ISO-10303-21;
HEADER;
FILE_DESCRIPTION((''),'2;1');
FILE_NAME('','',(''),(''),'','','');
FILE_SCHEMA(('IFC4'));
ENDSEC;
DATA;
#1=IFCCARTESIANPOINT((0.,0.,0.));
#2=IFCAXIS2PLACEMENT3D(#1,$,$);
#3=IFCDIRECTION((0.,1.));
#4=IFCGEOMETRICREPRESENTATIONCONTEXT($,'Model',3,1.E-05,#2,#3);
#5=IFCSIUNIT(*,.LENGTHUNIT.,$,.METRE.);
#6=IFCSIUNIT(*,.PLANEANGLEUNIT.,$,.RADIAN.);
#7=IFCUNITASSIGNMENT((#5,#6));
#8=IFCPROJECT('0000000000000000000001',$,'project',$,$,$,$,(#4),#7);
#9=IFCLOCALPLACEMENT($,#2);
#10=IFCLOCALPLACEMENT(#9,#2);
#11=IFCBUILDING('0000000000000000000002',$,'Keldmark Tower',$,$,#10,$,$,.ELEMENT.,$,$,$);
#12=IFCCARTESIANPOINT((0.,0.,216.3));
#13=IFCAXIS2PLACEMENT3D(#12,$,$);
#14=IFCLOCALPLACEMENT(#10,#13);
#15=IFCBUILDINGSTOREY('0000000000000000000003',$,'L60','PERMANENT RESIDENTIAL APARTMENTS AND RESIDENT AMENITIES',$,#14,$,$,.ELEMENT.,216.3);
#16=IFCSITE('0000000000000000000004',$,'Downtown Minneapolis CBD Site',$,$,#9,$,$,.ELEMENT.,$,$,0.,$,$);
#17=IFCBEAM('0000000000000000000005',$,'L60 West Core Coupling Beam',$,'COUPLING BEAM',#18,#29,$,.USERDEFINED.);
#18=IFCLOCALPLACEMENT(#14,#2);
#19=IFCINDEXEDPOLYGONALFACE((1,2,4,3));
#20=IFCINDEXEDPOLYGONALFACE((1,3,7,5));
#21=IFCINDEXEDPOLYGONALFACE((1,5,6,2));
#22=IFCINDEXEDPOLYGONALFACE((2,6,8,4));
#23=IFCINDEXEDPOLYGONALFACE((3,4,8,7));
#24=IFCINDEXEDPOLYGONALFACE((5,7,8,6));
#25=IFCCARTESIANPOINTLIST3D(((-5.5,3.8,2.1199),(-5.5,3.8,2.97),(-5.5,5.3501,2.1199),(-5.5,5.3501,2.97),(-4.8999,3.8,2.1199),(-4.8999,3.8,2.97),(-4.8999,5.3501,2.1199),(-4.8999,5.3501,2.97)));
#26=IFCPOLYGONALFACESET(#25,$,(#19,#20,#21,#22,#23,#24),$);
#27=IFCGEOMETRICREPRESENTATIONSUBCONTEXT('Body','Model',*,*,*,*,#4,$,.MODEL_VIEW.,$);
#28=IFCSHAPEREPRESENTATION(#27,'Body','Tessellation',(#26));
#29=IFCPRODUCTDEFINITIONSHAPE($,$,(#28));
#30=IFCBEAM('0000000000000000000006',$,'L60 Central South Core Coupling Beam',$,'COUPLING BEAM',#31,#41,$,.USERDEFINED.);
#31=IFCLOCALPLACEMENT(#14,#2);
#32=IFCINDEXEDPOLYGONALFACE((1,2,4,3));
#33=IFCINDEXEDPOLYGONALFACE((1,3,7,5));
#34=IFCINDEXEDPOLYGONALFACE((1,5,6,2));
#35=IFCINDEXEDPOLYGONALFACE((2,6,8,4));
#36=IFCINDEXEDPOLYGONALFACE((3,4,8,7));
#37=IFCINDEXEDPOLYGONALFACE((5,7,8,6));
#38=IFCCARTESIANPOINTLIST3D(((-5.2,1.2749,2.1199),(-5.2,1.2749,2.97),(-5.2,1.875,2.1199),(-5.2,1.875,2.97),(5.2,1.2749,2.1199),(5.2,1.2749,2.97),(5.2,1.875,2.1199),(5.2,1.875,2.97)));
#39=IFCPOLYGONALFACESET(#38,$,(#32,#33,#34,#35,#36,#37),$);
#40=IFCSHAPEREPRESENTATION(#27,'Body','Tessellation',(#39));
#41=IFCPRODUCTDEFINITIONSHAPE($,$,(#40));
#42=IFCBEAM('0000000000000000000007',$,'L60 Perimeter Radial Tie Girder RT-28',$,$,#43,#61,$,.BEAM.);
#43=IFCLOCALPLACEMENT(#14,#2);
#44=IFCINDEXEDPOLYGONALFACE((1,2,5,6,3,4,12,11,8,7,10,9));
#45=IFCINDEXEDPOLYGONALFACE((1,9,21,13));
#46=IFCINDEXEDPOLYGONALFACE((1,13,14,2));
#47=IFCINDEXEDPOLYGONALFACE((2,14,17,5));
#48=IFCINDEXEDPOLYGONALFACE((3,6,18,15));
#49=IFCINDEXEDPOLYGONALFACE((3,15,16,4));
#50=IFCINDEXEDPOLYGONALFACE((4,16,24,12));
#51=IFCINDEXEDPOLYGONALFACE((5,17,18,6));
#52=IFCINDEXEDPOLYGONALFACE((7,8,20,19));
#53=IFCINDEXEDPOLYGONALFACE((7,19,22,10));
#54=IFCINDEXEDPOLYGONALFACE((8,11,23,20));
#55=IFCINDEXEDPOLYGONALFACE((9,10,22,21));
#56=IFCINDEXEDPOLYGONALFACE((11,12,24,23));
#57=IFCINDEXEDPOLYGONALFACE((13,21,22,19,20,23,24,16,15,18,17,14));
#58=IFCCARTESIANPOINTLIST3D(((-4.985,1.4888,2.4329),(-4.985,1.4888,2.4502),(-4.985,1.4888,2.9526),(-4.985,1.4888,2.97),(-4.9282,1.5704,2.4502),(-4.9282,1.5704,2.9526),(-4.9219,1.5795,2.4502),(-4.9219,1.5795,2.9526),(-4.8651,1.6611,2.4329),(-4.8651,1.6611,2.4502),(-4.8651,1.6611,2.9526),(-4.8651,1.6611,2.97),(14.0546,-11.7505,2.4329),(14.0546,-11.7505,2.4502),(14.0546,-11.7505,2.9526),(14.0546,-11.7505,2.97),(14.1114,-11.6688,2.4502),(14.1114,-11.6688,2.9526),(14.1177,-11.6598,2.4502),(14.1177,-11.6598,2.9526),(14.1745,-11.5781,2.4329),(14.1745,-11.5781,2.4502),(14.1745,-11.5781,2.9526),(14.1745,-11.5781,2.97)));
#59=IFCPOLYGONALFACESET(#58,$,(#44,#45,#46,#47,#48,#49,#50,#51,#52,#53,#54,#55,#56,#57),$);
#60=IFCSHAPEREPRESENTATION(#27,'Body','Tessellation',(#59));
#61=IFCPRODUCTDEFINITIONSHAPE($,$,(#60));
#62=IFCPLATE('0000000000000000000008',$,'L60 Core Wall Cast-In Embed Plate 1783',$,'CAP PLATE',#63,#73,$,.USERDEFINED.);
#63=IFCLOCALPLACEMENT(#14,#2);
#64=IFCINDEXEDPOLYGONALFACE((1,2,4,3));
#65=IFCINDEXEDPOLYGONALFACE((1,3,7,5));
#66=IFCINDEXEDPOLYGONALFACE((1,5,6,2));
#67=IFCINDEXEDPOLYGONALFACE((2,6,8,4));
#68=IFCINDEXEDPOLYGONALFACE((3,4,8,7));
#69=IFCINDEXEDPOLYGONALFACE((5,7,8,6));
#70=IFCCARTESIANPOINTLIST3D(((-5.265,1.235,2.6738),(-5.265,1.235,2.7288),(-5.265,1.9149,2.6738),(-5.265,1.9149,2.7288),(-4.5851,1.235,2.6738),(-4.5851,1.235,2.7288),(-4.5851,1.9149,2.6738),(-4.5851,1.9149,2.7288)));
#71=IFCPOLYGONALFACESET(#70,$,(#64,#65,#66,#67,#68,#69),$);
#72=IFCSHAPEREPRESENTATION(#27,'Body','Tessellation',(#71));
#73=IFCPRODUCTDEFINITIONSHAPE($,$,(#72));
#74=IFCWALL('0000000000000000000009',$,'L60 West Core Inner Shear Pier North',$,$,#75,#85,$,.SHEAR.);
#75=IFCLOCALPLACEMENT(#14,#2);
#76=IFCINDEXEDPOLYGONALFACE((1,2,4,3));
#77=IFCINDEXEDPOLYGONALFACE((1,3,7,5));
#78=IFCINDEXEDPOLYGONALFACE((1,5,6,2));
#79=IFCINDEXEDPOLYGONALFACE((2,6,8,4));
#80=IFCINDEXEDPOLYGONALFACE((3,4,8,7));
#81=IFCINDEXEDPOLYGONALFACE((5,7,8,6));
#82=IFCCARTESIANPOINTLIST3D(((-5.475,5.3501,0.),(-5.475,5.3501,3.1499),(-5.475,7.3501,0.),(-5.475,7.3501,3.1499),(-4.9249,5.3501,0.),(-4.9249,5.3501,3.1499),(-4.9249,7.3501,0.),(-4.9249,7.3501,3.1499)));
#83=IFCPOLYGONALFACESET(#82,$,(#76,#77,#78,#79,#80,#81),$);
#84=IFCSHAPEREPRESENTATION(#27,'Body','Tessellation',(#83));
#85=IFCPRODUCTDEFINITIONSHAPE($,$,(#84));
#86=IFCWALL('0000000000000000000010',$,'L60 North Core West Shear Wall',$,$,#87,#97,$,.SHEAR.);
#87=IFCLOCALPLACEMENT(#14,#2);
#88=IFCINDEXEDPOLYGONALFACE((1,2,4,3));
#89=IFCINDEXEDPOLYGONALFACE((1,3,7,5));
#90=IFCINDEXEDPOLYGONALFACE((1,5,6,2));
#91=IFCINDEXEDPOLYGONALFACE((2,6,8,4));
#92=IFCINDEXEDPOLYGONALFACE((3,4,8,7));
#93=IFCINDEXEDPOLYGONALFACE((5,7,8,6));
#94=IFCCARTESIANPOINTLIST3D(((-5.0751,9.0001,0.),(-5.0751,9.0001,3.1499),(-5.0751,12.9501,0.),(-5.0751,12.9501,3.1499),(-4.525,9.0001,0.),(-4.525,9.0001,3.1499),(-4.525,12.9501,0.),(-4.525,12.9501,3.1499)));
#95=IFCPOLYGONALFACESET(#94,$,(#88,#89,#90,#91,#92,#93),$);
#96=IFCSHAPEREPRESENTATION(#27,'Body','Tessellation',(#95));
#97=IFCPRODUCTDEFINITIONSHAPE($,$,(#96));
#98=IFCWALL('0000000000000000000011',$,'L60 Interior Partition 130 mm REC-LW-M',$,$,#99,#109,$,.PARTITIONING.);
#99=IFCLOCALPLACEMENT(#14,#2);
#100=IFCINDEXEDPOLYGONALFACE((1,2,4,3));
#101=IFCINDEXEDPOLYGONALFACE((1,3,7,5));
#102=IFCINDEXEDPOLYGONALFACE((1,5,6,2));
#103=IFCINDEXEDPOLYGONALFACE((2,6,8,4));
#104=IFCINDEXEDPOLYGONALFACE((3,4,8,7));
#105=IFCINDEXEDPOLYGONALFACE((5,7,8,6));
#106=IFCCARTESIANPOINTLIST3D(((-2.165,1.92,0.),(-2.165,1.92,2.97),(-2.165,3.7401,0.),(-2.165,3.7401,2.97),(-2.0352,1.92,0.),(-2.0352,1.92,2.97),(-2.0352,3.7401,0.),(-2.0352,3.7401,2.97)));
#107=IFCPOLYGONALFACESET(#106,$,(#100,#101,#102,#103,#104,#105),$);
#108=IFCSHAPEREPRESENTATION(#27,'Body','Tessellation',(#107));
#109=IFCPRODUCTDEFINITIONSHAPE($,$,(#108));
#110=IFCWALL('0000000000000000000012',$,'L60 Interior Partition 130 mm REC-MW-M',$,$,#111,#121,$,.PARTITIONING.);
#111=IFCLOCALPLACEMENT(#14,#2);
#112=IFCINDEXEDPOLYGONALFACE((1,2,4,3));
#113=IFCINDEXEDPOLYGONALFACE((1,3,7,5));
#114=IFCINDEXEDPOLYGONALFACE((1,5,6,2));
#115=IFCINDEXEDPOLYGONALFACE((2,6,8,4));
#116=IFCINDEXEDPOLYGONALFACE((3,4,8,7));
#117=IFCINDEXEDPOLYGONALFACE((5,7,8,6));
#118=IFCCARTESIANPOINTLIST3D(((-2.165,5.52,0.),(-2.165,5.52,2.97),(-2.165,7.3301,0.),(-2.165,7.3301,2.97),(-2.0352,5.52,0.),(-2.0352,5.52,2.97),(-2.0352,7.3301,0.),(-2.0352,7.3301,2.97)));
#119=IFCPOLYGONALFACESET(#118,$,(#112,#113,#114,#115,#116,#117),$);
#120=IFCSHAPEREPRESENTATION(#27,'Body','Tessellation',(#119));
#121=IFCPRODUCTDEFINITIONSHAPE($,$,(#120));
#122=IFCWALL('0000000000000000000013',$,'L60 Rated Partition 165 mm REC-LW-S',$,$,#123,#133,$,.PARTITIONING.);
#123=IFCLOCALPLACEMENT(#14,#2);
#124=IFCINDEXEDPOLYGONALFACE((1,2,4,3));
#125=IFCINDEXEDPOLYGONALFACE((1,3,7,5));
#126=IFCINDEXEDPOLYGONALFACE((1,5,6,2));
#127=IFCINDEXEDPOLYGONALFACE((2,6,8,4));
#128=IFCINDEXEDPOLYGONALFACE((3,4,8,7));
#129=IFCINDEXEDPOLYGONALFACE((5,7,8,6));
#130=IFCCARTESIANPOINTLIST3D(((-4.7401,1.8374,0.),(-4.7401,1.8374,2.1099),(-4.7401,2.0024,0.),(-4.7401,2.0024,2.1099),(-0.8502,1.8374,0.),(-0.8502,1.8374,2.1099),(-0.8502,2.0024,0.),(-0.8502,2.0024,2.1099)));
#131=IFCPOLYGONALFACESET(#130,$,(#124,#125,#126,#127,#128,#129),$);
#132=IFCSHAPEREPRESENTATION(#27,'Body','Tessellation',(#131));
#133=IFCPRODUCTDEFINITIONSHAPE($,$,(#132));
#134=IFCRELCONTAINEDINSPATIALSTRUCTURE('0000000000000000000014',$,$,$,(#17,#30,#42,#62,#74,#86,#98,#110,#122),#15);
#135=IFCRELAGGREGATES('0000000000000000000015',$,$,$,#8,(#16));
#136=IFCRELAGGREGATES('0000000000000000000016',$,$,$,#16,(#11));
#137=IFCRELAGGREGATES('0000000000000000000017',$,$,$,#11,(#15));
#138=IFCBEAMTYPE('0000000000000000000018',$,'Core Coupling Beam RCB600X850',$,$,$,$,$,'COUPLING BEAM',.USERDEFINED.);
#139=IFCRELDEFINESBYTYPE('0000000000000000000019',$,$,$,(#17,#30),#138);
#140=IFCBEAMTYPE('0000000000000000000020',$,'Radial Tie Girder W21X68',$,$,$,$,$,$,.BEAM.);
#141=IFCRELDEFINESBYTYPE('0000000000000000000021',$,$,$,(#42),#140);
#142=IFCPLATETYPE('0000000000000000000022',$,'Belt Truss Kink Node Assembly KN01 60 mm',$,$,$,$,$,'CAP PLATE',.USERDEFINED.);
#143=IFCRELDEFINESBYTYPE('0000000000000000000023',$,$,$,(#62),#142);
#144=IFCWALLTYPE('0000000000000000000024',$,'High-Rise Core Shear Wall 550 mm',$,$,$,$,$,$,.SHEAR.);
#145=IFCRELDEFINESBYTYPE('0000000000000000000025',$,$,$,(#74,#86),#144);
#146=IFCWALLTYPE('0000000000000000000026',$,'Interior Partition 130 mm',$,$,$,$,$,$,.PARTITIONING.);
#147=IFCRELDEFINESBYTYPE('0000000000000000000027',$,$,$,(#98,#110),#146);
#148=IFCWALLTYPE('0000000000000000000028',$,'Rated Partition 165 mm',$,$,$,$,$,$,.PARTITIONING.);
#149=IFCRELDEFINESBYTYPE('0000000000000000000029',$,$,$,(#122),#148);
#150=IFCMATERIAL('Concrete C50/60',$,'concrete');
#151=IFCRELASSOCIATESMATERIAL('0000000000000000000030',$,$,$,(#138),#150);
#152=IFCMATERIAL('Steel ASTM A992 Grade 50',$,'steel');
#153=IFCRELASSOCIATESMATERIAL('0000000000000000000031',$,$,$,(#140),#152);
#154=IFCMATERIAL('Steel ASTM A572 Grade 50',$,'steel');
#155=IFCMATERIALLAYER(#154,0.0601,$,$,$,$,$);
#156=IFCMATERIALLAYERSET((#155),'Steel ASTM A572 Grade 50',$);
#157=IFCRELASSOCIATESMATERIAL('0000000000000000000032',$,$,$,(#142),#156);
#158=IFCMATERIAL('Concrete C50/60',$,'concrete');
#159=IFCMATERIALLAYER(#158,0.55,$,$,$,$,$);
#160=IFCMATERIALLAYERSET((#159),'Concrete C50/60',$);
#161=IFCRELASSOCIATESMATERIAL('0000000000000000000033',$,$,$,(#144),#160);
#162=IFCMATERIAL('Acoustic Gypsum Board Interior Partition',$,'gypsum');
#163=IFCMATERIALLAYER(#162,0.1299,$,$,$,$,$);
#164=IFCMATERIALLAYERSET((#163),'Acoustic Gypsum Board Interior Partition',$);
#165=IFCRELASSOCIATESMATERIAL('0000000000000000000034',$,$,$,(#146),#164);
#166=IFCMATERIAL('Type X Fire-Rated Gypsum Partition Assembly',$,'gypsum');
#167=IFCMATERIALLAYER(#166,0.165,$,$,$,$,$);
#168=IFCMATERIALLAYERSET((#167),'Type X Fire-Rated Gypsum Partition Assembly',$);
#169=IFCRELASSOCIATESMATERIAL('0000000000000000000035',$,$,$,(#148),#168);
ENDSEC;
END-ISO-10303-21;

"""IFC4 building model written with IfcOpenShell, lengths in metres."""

from ifc_helpers import new_model, si_unit, direction, frame, frame_2d, origin, origin_2d, place, context, subcontext, project, spatial, rectangle, i_section, extrude, material, layer, layer_set, material_profile, profile_set, type_object, element, save


model = new_model("IFC4")

# Units and contexts
model_context = context("Model", 3, precision=1e-05, world=origin(), true_north=direction((0.0, 1.0)))
body_context = subcontext(model_context, "Body", "Model", "MODEL_VIEW")
ifc_project = project(units=[si_unit("LENGTHUNIT", "METRE"), si_unit("PLANEANGLEUNIT", "RADIAN")], contexts=[model_context])

# Site, building, storey
site_placement = place(None, origin())
site = spatial("IfcSite", under=ifc_project, at=site_placement, Name="Downtown Minneapolis CBD Site", CompositionType="ELEMENT", RefElevation=0.0)
building_placement = place(site_placement, origin())
building = spatial("IfcBuilding", under=site, at=building_placement, Name="Keldmark Tower", CompositionType="ELEMENT")
storey_placement = place(building_placement, frame((0.0, 0.0, 216.3)))
storey = spatial("IfcBuildingStorey", under=building, at=storey_placement, Name="L60", Description="PERMANENT RESIDENTIAL APARTMENTS AND RESIDENT AMENITIES", CompositionType="ELEMENT", Elevation=216.3)

# Beams
ifc_material_1 = material(Name="Concrete C50/60", Category="concrete")
ifc_material_profile_1 = material_profile(ifc_material_1, rectangle(XDim=0.6001, YDim=0.8501, at=origin_2d()), Name="RCB600X850")
ifc_profile_set_1 = profile_set([ifc_material_profile_1], Name="Concrete C50/60")
beam_type_1 = type_object("IfcBeamType", Name="Core Coupling Beam RCB600X850", ElementType="COUPLING BEAM", PredefinedType="USERDEFINED", material=ifc_profile_set_1)
beam_1_placement = place(storey_placement, frame((-5.2, 3.8, 2.5449), z_axis=(0.0, 1.0, 0.0), x_axis=(-1.0, 0.0, 0.0)))
element("IfcBeam", 1, at=beam_1_placement, inside=storey, type_object=beam_type_1, Name="L60 West Core Coupling Beam", ObjectType="COUPLING BEAM", PredefinedType="USERDEFINED", context=body_context, shape_type="SweptSolid", body=[
    extrude(rectangle(XDim=0.6001, YDim=0.8501, at=origin_2d()), origin(), (0.0, 0.0, 1.0), 1.55),
])
beam_2_placement = place(storey_placement, frame((-5.2, 1.575, 2.5449), z_axis=(1.0, 0.0, 0.0), x_axis=(0.0, 1.0, 0.0)))
element("IfcBeam", 2, at=beam_2_placement, inside=storey, type_object=beam_type_1, Name="L60 Central South Core Coupling Beam", ObjectType="COUPLING BEAM", PredefinedType="USERDEFINED", context=body_context, shape_type="SweptSolid", body=[
    extrude(rectangle(XDim=0.6001, YDim=0.8501, at=origin_2d()), origin(), (0.0, 0.0, 1.0), 10.3999),
])
ifc_material_2 = material(Name="Steel ASTM A992 Grade 50", Category="steel")
ifc_material_profile_2 = material_profile(ifc_material_2, i_section(OverallWidth=0.21, OverallDepth=0.5371, WebThickness=0.011, FlangeThickness=0.0173, at=origin_2d()), Name="W21X68")
ifc_profile_set_2 = profile_set([ifc_material_profile_2], Name="Steel ASTM A992 Grade 50")
beam_type_2 = type_object("IfcBeamType", Name="Radial Tie Girder W21X68", PredefinedType="BEAM", material=ifc_profile_set_2)
beam_3_placement = place(storey_placement, frame((-4.925, 1.575, 2.7014), z_axis=(0.821019, -0.5709, 0.0), x_axis=(0.5709, 0.821019, 0.0)))
element("IfcBeam", 3, at=beam_3_placement, inside=storey, type_object=beam_type_2, Name="L60 Perimeter Radial Tie Girder RT-28", PredefinedType="BEAM", context=body_context, shape_type="SweptSolid", body=[
    extrude(i_section(OverallWidth=0.21, OverallDepth=0.5371, WebThickness=0.011, FlangeThickness=0.0173, at=origin_2d()), origin(), (0.0, 0.0, 1.0), 23.1902),
])

# Plate
ifc_material_3 = material(Name="Steel ASTM A572 Grade 50", Category="steel")
ifc_layer_1 = layer(ifc_material_3, 0.0601)
ifc_layer_set_1 = layer_set([ifc_layer_1], Name="Steel ASTM A572 Grade 50")
plate_type = type_object("IfcPlateType", Name="Belt Truss Kink Node Assembly KN01 60 mm", ElementType="CAP PLATE", PredefinedType="USERDEFINED", material=ifc_layer_set_1)
plate_placement = place(storey_placement, frame((-4.925, 1.575, 2.6738), z_axis=(0.0, 0.0, 1.0), x_axis=(1.0, 0.0, 0.0)))
element("IfcPlate", 4, at=plate_placement, inside=storey, type_object=plate_type, Name="L60 Core Wall Cast-In Embed Plate 1783", ObjectType="CAP PLATE", PredefinedType="USERDEFINED", context=body_context, shape_type="SweptSolid", body=[
    extrude(rectangle(XDim=0.6799, YDim=0.6799, at=origin_2d()), origin(), (0.0, 0.0, 1.0), 0.0549),
])

# Shared definitions
ifc_material_4 = material(Name="Concrete C50/60", Category="concrete")
ifc_layer_2 = layer(ifc_material_4, 0.55)
ifc_layer_set_2 = layer_set([ifc_layer_2], Name="Concrete C50/60")
wall_type_1 = type_object("IfcWallType", Name="High-Rise Core Shear Wall 550 mm", PredefinedType="SHEAR", material=ifc_layer_set_2)

# Walls
wall_1_placement = place(storey_placement, frame((-5.2, 5.3501, 0.0), z_axis=(0.0, 0.0, 1.0), x_axis=(0.0, 1.0, 0.0)))
element("IfcWall", 5, at=wall_1_placement, inside=storey, type_object=wall_type_1, Name="L60 West Core Inner Shear Pier North", PredefinedType="SHEAR", context=body_context, shape_type="SweptSolid", body=[
    extrude(rectangle(XDim=2.0, YDim=0.55, at=frame_2d((1.0, 0.0))), origin(), (0.0, 0.0, 1.0), 3.1499),
])
wall_2_placement = place(storey_placement, frame((-4.8, 9.0, 0.0), z_axis=(0.0, 0.0, 1.0), x_axis=(0.0, 1.0, 0.0)))
element("IfcWall", 6, at=wall_2_placement, inside=storey, type_object=wall_type_1, Name="L60 North Core West Shear Wall", PredefinedType="SHEAR", context=body_context, shape_type="SweptSolid", body=[
    extrude(rectangle(XDim=3.95, YDim=0.55, at=frame_2d((1.9751, 0.0))), origin(), (0.0, 0.0, 1.0), 3.1499),
])
ifc_material_5 = material(Name="Acoustic Gypsum Board Interior Partition", Category="gypsum")
ifc_layer_3 = layer(ifc_material_5, 0.1299)
ifc_layer_set_3 = layer_set([ifc_layer_3], Name="Acoustic Gypsum Board Interior Partition")
wall_type_2 = type_object("IfcWallType", Name="Interior Partition 130 mm", PredefinedType="PARTITIONING", material=ifc_layer_set_3)
wall_3_placement = place(storey_placement, frame((-2.1001, 1.9199, 0.0), z_axis=(0.0, 0.0, 1.0), x_axis=(0.0, 1.0, 0.0)))
element("IfcWall", 7, at=wall_3_placement, inside=storey, type_object=wall_type_2, Name="L60 Interior Partition 130 mm REC-LW-M", PredefinedType="PARTITIONING", context=body_context, shape_type="SweptSolid", body=[
    extrude(rectangle(XDim=1.8201, YDim=0.1299, at=frame_2d((0.9102, 0.0))), origin(), (0.0, 0.0, 1.0), 2.97),
])
wall_4_placement = place(storey_placement, frame((-2.1001, 5.52, 0.0), z_axis=(0.0, 0.0, 1.0), x_axis=(0.0, 1.0, 0.0)))
element("IfcWall", 8, at=wall_4_placement, inside=storey, type_object=wall_type_2, Name="L60 Interior Partition 130 mm REC-MW-M", PredefinedType="PARTITIONING", context=body_context, shape_type="SweptSolid", body=[
    extrude(rectangle(XDim=1.8101, YDim=0.1299, at=frame_2d((0.905, 0.0))), origin(), (0.0, 0.0, 1.0), 2.97),
])
ifc_material_6 = material(Name="Type X Fire-Rated Gypsum Partition Assembly", Category="gypsum")
ifc_layer_4 = layer(ifc_material_6, 0.165)
ifc_layer_set_4 = layer_set([ifc_layer_4], Name="Type X Fire-Rated Gypsum Partition Assembly")
wall_type_3 = type_object("IfcWallType", Name="Rated Partition 165 mm", PredefinedType="PARTITIONING", material=ifc_layer_set_4)
wall_5_placement = place(storey_placement, frame((-4.74, 1.9199, 0.0), z_axis=(0.0, 0.0, 1.0), x_axis=(1.0, 0.0, 0.0)))
element("IfcWall", 9, at=wall_5_placement, inside=storey, type_object=wall_type_3, Name="L60 Rated Partition 165 mm REC-LW-S", PredefinedType="PARTITIONING", context=body_context, shape_type="SweptSolid", body=[
    extrude(rectangle(XDim=3.8899, YDim=0.165, at=frame_2d((1.9448, 0.0))), origin(), (0.0, 0.0, 1.0), 2.1099),
])

save(model, "model.ifc")
